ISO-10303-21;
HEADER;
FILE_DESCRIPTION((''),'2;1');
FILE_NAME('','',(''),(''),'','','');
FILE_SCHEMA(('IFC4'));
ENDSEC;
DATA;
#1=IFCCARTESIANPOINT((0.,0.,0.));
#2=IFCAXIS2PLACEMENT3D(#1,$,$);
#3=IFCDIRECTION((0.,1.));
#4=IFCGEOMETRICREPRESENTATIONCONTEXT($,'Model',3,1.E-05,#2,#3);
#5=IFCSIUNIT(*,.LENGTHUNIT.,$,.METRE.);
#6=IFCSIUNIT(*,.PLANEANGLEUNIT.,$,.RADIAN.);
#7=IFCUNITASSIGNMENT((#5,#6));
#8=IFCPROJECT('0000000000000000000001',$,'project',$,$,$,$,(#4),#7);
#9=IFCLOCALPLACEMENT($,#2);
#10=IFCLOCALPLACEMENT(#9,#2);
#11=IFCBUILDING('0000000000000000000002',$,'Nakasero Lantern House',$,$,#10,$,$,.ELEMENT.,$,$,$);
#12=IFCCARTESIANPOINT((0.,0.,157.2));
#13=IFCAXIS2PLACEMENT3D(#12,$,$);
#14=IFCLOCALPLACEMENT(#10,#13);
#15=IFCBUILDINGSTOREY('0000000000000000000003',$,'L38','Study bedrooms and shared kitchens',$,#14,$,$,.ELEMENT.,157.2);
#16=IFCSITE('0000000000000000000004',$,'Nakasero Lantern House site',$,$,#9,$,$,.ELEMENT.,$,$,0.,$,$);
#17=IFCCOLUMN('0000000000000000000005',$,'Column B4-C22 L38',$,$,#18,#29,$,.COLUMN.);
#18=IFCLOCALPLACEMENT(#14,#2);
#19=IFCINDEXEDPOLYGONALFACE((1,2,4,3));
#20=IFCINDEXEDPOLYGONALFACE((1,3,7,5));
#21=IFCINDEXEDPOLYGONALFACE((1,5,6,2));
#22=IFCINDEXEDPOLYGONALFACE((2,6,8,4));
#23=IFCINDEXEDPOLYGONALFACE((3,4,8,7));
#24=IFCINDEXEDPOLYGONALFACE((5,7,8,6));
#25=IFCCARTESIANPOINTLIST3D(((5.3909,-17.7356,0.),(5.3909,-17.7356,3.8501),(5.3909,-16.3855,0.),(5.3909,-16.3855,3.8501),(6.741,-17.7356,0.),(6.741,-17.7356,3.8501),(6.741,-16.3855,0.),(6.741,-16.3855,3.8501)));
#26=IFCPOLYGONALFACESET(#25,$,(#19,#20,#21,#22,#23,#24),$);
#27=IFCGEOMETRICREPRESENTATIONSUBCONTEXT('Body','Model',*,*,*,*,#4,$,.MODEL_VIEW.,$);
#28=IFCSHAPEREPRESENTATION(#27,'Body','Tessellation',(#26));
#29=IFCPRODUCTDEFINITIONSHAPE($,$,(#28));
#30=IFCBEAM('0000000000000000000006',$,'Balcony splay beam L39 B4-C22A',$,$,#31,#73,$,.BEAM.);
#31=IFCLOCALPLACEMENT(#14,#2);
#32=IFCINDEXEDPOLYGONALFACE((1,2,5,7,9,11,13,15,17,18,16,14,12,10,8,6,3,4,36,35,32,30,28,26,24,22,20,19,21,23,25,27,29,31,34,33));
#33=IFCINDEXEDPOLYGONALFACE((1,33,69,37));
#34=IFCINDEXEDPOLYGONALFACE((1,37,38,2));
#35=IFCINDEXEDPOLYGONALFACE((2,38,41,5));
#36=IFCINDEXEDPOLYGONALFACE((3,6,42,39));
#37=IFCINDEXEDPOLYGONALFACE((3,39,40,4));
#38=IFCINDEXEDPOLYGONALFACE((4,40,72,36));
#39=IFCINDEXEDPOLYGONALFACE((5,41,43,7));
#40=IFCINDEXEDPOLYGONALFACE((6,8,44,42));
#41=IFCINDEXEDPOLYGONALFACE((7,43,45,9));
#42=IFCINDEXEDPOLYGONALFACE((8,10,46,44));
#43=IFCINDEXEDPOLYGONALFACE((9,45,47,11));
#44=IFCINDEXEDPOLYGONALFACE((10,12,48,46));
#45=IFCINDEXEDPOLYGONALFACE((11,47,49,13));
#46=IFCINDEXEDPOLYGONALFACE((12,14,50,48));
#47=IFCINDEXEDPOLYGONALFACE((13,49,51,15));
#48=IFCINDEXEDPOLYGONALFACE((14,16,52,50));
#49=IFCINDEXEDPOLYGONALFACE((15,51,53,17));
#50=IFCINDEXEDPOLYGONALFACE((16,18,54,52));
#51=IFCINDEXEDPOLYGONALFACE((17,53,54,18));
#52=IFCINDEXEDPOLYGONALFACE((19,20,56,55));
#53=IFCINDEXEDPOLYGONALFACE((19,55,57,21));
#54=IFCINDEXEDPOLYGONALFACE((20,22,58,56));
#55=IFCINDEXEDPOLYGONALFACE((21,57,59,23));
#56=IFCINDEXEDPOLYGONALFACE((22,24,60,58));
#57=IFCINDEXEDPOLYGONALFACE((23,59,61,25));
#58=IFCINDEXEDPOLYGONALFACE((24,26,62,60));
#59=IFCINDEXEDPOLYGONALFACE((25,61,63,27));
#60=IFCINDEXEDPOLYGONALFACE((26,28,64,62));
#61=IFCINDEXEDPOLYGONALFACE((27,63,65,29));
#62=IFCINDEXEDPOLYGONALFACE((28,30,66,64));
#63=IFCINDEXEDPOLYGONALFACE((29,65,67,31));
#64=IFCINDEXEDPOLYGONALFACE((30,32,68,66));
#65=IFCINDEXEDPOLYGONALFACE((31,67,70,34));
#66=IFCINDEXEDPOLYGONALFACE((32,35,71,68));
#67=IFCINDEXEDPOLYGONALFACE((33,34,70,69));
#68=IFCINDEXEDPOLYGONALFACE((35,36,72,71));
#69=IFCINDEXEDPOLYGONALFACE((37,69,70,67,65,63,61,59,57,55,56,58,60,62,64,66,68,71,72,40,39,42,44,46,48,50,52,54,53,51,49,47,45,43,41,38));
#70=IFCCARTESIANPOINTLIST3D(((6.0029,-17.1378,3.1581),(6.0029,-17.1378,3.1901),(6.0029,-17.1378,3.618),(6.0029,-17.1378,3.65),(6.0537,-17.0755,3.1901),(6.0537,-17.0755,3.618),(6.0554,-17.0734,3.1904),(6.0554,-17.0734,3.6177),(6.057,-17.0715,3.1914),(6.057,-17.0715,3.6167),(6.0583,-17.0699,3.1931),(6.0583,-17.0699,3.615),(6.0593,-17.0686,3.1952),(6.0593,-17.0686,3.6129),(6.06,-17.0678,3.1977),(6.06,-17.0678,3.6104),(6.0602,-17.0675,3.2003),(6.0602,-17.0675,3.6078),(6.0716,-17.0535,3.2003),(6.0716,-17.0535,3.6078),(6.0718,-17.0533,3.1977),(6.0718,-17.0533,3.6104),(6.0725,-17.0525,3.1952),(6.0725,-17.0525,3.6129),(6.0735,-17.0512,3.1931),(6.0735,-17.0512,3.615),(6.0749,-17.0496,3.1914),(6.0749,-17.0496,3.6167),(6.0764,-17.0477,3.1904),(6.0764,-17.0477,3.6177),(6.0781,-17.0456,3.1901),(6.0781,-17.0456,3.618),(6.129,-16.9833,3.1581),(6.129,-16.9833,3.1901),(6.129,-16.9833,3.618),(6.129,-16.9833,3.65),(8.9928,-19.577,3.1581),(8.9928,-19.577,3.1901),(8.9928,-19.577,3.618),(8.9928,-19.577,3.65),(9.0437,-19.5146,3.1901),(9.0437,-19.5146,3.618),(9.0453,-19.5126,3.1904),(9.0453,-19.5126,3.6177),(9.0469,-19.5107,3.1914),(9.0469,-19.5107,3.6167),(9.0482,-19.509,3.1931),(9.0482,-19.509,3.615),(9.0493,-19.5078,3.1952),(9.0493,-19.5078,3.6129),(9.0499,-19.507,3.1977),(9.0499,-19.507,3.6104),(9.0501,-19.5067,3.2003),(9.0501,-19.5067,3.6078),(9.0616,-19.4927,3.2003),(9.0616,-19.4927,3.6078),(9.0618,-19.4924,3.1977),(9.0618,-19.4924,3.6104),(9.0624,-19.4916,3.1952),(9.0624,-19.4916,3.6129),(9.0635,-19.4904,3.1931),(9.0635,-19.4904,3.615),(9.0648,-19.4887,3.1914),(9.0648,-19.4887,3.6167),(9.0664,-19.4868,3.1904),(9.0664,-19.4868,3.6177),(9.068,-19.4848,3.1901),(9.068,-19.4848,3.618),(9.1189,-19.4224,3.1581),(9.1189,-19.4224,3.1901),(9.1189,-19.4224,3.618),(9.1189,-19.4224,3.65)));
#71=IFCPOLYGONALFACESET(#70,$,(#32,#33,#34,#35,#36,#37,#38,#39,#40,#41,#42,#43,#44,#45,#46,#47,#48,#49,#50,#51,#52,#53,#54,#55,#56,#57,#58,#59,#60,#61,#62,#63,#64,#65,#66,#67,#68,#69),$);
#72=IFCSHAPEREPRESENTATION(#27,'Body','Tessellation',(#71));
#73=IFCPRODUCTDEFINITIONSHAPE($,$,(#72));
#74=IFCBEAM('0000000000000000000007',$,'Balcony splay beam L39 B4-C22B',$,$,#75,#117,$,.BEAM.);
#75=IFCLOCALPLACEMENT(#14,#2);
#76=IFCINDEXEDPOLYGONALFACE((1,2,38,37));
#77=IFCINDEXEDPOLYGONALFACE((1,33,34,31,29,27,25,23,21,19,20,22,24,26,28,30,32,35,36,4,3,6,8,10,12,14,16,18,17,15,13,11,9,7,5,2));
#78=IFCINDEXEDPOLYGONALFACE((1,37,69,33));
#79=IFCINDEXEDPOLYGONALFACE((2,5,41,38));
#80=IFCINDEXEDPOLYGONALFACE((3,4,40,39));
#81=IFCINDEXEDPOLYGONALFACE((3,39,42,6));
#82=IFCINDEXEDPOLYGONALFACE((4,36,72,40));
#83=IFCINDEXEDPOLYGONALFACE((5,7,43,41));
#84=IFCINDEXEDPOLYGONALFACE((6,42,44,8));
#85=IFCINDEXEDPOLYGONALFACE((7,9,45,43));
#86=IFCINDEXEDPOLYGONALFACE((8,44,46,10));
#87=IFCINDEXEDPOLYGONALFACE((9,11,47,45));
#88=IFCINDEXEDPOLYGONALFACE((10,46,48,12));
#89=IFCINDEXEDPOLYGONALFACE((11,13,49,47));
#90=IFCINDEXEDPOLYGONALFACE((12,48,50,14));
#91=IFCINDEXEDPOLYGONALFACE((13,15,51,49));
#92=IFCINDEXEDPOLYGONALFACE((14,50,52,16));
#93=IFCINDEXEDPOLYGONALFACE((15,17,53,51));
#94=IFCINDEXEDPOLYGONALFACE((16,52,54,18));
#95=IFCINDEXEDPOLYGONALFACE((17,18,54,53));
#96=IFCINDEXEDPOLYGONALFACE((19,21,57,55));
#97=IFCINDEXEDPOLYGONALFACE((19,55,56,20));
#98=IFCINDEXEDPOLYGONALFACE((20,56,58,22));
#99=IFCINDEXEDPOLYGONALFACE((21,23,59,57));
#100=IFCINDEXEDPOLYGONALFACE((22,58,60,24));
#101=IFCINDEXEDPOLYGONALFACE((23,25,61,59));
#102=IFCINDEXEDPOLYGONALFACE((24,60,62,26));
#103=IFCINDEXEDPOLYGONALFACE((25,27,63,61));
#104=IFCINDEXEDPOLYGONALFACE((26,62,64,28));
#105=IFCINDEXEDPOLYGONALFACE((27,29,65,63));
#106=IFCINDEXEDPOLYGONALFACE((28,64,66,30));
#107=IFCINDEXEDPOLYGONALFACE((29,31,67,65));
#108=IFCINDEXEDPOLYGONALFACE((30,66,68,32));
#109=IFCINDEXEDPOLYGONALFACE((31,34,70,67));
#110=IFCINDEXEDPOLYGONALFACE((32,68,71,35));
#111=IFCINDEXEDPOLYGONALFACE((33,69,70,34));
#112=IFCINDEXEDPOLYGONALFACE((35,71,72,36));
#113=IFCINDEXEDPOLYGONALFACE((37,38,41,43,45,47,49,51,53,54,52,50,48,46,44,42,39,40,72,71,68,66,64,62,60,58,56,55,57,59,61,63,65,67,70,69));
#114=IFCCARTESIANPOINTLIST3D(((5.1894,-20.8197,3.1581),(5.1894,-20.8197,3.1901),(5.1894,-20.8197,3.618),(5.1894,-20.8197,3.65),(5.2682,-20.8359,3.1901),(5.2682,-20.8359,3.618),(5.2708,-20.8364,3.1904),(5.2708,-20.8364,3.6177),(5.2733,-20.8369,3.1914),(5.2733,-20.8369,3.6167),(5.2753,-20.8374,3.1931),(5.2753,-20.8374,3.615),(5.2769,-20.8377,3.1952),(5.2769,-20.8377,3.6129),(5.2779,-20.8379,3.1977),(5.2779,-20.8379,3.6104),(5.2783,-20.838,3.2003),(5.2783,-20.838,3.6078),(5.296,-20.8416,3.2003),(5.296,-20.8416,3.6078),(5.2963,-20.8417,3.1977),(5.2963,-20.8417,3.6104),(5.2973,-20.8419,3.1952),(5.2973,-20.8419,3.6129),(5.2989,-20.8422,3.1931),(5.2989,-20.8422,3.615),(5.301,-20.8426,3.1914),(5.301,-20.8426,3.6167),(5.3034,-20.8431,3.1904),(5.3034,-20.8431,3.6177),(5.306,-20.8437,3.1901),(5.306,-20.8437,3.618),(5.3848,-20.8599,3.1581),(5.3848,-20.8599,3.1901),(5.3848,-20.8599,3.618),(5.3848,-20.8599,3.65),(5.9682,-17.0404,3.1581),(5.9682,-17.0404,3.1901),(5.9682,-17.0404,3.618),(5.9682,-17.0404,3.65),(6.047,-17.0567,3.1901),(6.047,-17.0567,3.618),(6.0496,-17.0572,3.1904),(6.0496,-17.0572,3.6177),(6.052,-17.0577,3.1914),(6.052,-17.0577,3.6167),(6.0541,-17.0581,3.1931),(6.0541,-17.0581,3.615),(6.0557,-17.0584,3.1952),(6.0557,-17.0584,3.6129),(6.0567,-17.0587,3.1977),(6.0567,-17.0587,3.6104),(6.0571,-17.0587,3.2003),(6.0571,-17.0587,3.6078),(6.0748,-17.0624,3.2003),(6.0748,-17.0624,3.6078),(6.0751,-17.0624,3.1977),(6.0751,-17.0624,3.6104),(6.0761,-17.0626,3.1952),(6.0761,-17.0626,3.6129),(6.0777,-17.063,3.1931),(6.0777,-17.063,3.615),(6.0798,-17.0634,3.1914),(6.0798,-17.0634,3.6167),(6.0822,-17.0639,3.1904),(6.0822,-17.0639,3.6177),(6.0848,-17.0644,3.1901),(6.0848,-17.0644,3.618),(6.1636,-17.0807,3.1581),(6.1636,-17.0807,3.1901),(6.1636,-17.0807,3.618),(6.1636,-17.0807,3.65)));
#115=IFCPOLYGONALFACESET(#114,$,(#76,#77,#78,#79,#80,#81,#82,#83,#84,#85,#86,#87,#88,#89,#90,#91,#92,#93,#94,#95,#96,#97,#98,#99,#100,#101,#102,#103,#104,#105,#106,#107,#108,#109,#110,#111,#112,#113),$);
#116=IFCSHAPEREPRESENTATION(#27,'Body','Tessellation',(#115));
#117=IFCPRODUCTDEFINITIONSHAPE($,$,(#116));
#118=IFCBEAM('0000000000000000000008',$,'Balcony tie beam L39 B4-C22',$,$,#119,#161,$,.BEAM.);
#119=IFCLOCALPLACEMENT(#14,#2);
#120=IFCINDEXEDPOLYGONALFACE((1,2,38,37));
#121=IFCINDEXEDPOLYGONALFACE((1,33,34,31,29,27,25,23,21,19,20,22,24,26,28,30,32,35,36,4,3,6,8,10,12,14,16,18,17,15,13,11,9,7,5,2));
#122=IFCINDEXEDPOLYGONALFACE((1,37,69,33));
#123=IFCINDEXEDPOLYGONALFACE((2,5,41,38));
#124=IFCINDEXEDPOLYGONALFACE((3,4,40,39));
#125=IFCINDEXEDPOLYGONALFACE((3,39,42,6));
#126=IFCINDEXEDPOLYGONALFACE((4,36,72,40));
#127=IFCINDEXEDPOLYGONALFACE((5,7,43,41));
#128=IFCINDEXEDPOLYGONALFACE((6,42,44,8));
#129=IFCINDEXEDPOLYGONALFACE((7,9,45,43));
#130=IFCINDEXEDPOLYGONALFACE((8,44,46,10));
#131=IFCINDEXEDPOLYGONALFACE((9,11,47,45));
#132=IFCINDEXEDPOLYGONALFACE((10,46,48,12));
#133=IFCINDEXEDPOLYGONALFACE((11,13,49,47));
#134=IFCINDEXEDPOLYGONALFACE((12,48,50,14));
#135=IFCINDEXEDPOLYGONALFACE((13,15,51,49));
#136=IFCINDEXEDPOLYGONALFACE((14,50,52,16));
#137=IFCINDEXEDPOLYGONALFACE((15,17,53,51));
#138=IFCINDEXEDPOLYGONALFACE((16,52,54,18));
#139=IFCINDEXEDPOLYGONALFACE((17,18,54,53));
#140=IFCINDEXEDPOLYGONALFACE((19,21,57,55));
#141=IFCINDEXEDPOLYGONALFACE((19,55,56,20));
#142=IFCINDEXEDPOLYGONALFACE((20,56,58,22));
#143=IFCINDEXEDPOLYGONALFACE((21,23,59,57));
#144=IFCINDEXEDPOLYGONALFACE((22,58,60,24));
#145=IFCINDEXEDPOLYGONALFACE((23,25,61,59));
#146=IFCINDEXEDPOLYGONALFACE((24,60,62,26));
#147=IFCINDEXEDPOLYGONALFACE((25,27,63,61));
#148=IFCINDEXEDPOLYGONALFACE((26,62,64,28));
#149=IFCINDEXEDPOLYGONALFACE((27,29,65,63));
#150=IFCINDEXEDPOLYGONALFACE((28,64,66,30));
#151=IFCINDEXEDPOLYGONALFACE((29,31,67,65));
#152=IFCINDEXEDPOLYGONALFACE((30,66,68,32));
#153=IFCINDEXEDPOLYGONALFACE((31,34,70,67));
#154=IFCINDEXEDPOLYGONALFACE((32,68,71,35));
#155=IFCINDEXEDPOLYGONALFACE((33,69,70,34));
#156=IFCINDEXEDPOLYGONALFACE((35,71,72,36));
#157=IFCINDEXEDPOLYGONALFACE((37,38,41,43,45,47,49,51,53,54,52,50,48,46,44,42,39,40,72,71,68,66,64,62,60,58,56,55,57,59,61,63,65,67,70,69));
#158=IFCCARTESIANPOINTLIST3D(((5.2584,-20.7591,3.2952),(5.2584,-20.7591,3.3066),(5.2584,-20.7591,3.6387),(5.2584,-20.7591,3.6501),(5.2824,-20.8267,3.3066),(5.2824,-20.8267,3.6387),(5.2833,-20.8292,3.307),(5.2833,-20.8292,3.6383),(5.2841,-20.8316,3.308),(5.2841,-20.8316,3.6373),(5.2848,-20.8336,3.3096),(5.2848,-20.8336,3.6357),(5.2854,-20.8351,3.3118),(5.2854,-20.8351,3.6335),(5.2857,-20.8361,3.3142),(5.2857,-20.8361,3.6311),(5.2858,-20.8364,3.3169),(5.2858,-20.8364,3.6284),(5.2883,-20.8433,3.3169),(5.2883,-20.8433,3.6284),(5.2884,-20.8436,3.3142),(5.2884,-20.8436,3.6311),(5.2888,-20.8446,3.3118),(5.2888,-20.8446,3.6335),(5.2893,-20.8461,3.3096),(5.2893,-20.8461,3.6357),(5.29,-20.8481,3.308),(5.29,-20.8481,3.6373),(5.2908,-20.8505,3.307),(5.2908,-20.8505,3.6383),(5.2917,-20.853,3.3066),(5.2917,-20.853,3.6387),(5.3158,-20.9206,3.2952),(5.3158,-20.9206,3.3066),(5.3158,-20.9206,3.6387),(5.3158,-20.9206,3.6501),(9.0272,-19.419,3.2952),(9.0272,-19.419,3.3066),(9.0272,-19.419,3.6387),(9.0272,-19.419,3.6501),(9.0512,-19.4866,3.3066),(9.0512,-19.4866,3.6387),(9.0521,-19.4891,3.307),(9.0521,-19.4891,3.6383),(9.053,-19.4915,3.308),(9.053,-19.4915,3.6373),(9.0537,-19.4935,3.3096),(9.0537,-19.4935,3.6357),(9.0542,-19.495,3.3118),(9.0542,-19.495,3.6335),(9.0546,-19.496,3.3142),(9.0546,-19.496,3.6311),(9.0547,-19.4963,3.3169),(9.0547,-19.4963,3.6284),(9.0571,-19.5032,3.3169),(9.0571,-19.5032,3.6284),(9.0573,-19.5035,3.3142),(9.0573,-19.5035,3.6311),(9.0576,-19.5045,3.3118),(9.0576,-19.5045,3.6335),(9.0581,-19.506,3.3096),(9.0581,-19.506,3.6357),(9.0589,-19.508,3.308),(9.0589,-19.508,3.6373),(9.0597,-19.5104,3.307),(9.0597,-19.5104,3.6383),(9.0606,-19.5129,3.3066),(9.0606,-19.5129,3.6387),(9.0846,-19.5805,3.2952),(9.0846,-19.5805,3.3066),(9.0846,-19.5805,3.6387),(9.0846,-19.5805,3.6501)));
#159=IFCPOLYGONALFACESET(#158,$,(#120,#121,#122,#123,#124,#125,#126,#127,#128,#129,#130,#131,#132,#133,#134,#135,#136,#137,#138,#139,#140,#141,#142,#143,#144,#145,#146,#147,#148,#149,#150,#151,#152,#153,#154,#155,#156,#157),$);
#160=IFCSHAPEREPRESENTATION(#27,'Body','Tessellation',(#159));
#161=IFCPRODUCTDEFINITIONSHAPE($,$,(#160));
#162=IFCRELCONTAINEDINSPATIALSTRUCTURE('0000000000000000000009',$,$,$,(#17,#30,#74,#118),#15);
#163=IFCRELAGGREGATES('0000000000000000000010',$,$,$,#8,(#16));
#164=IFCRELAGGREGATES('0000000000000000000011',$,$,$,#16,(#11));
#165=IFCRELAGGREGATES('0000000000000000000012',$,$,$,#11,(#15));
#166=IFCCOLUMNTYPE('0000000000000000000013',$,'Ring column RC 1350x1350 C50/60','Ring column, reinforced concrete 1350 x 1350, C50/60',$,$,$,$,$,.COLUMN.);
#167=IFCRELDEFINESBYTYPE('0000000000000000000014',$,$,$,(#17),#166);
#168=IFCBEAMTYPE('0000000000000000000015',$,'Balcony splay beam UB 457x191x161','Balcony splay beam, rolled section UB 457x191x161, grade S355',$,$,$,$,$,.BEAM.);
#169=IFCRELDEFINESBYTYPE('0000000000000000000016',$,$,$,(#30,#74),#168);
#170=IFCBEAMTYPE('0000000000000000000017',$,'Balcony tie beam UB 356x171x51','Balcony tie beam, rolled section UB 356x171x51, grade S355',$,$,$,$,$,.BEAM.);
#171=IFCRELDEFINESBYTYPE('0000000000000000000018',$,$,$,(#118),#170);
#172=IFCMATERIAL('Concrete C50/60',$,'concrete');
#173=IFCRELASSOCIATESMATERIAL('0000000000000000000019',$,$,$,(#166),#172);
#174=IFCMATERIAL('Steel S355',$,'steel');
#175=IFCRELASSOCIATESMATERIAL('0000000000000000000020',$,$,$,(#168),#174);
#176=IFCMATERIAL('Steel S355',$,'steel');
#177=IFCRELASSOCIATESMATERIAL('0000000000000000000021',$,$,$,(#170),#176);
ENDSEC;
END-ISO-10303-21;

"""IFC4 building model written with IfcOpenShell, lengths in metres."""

from ifc_helpers import new_model, si_unit, direction, frame, origin, origin_2d, place, context, subcontext, project, spatial, rectangle, i_section, extrude, material, material_profile, profile_set, type_object, element, save


model = new_model("IFC4")

# Units and contexts
model_context = context("Model", 3, precision=1e-05, world=origin(), true_north=direction((0.0, 1.0)))
body_context = subcontext(model_context, "Body", "Model", "MODEL_VIEW")
ifc_project = project(units=[si_unit("LENGTHUNIT", "METRE"), si_unit("PLANEANGLEUNIT", "RADIAN")], contexts=[model_context])

# Site, building, storey
site_placement = place(None, origin())
site = spatial("IfcSite", under=ifc_project, at=site_placement, Name="Nakasero Lantern House site", CompositionType="ELEMENT", RefElevation=0.0)
building_placement = place(site_placement, origin())
building = spatial("IfcBuilding", under=site, at=building_placement, Name="Nakasero Lantern House", CompositionType="ELEMENT")
storey_placement = place(building_placement, frame((0.0, 0.0, 157.2)))
storey = spatial("IfcBuildingStorey", under=building, at=storey_placement, Name="L38", Description="Study bedrooms and shared kitchens", CompositionType="ELEMENT", Elevation=157.2)

# Column
ifc_material_1 = material(Name="Concrete C50/60", Category="concrete")
ifc_material_profile_1 = material_profile(ifc_material_1, rectangle(XDim=1.3501, YDim=1.3501, at=origin_2d()), Name="RC 1350x1350")
ifc_profile_set_1 = profile_set([ifc_material_profile_1], Name="Concrete C50/60")
column_type = type_object("IfcColumnType", Name="Ring column RC 1350x1350 C50/60", Description="Ring column, reinforced concrete 1350 x 1350, C50/60", PredefinedType="COLUMN", material=ifc_profile_set_1)
column_placement = place(storey_placement, frame((6.0659, -17.0605, 0.0), z_axis=(0.0, 0.0, 1.0), x_axis=(1.0, 0.0, 0.0)))
element("IfcColumn", 1, at=column_placement, inside=storey, type_object=column_type, Name="Column B4-C22 L38", PredefinedType="COLUMN", context=body_context, shape_type="SweptSolid", body=[
    extrude(rectangle(XDim=1.3501, YDim=1.3501, at=origin_2d()), origin(), (0.0, 0.0, 1.0), 3.8501),
])

# Beams
ifc_material_2 = material(Name="Steel S355", Category="steel")
ifc_material_profile_2 = material_profile(ifc_material_2, i_section(OverallWidth=0.1995, OverallDepth=0.4919, WebThickness=0.0181, FlangeThickness=0.032, FilletRadius=0.0103, at=origin_2d()), Name="UB 457x191x161")
ifc_profile_set_2 = profile_set([ifc_material_profile_2], Name="Steel S355")
beam_type_1 = type_object("IfcBeamType", Name="Balcony splay beam UB 457x191x161", Description="Balcony splay beam, rolled section UB 457x191x161, grade S355", PredefinedType="BEAM", material=ifc_profile_set_2)
for number, where, z_axis, x_axis, name in (
    (2, (6.0659, -17.0605, 3.4041), (0.774864, -0.632128, 0.0), (0.632128, 0.774864, 0.0), "Balcony splay beam L39 B4-C22A"),
    (3, (6.0659, -17.0605, 3.4041), (-0.201831, -0.97942, 0.0), (0.97942, -0.201831, 0.0), "Balcony splay beam L39 B4-C22B"),
):
    element("IfcBeam", number, at=place(storey_placement, frame(where, z_axis=z_axis, x_axis=x_axis)), inside=storey, type_object=beam_type_1, Name=name, PredefinedType="BEAM", context=body_context, shape_type="SweptSolid", body=[
        extrude(i_section(OverallWidth=0.1995, OverallDepth=0.4919, WebThickness=0.0181, FlangeThickness=0.032, FilletRadius=0.0103, at=origin_2d()), origin(), (0.0, 0.0, 1.0), 3.8586),
    ])
ifc_material_3 = material(Name="Steel S355", Category="steel")
ifc_material_profile_3 = material_profile(ifc_material_3, i_section(OverallWidth=0.1714, OverallDepth=0.355, WebThickness=0.0073, FlangeThickness=0.0115, FilletRadius=0.0103, at=origin_2d()), Name="UB 356x171x51")
ifc_profile_set_3 = profile_set([ifc_material_profile_3], Name="Steel S355")
beam_type_2 = type_object("IfcBeamType", Name="Balcony tie beam UB 356x171x51", Description="Balcony tie beam, rolled section UB 356x171x51, grade S355", PredefinedType="BEAM", material=ifc_profile_set_3)
beam_1_placement = place(storey_placement, frame((9.0559, -19.4998, 3.4727), z_axis=(-0.942209, -0.335025, 0.0), x_axis=(0.335025, -0.942209, 0.0)))
element("IfcBeam", 4, at=beam_1_placement, inside=storey, type_object=beam_type_2, Name="Balcony tie beam L39 B4-C22", PredefinedType="BEAM", context=body_context, shape_type="SweptSolid", body=[
    extrude(i_section(OverallWidth=0.1714, OverallDepth=0.355, WebThickness=0.0073, FlangeThickness=0.0115, FilletRadius=0.0103, at=origin_2d()), origin(), (0.0, 0.0, 1.0), 4.0),
])

save(model, "model.ifc")
